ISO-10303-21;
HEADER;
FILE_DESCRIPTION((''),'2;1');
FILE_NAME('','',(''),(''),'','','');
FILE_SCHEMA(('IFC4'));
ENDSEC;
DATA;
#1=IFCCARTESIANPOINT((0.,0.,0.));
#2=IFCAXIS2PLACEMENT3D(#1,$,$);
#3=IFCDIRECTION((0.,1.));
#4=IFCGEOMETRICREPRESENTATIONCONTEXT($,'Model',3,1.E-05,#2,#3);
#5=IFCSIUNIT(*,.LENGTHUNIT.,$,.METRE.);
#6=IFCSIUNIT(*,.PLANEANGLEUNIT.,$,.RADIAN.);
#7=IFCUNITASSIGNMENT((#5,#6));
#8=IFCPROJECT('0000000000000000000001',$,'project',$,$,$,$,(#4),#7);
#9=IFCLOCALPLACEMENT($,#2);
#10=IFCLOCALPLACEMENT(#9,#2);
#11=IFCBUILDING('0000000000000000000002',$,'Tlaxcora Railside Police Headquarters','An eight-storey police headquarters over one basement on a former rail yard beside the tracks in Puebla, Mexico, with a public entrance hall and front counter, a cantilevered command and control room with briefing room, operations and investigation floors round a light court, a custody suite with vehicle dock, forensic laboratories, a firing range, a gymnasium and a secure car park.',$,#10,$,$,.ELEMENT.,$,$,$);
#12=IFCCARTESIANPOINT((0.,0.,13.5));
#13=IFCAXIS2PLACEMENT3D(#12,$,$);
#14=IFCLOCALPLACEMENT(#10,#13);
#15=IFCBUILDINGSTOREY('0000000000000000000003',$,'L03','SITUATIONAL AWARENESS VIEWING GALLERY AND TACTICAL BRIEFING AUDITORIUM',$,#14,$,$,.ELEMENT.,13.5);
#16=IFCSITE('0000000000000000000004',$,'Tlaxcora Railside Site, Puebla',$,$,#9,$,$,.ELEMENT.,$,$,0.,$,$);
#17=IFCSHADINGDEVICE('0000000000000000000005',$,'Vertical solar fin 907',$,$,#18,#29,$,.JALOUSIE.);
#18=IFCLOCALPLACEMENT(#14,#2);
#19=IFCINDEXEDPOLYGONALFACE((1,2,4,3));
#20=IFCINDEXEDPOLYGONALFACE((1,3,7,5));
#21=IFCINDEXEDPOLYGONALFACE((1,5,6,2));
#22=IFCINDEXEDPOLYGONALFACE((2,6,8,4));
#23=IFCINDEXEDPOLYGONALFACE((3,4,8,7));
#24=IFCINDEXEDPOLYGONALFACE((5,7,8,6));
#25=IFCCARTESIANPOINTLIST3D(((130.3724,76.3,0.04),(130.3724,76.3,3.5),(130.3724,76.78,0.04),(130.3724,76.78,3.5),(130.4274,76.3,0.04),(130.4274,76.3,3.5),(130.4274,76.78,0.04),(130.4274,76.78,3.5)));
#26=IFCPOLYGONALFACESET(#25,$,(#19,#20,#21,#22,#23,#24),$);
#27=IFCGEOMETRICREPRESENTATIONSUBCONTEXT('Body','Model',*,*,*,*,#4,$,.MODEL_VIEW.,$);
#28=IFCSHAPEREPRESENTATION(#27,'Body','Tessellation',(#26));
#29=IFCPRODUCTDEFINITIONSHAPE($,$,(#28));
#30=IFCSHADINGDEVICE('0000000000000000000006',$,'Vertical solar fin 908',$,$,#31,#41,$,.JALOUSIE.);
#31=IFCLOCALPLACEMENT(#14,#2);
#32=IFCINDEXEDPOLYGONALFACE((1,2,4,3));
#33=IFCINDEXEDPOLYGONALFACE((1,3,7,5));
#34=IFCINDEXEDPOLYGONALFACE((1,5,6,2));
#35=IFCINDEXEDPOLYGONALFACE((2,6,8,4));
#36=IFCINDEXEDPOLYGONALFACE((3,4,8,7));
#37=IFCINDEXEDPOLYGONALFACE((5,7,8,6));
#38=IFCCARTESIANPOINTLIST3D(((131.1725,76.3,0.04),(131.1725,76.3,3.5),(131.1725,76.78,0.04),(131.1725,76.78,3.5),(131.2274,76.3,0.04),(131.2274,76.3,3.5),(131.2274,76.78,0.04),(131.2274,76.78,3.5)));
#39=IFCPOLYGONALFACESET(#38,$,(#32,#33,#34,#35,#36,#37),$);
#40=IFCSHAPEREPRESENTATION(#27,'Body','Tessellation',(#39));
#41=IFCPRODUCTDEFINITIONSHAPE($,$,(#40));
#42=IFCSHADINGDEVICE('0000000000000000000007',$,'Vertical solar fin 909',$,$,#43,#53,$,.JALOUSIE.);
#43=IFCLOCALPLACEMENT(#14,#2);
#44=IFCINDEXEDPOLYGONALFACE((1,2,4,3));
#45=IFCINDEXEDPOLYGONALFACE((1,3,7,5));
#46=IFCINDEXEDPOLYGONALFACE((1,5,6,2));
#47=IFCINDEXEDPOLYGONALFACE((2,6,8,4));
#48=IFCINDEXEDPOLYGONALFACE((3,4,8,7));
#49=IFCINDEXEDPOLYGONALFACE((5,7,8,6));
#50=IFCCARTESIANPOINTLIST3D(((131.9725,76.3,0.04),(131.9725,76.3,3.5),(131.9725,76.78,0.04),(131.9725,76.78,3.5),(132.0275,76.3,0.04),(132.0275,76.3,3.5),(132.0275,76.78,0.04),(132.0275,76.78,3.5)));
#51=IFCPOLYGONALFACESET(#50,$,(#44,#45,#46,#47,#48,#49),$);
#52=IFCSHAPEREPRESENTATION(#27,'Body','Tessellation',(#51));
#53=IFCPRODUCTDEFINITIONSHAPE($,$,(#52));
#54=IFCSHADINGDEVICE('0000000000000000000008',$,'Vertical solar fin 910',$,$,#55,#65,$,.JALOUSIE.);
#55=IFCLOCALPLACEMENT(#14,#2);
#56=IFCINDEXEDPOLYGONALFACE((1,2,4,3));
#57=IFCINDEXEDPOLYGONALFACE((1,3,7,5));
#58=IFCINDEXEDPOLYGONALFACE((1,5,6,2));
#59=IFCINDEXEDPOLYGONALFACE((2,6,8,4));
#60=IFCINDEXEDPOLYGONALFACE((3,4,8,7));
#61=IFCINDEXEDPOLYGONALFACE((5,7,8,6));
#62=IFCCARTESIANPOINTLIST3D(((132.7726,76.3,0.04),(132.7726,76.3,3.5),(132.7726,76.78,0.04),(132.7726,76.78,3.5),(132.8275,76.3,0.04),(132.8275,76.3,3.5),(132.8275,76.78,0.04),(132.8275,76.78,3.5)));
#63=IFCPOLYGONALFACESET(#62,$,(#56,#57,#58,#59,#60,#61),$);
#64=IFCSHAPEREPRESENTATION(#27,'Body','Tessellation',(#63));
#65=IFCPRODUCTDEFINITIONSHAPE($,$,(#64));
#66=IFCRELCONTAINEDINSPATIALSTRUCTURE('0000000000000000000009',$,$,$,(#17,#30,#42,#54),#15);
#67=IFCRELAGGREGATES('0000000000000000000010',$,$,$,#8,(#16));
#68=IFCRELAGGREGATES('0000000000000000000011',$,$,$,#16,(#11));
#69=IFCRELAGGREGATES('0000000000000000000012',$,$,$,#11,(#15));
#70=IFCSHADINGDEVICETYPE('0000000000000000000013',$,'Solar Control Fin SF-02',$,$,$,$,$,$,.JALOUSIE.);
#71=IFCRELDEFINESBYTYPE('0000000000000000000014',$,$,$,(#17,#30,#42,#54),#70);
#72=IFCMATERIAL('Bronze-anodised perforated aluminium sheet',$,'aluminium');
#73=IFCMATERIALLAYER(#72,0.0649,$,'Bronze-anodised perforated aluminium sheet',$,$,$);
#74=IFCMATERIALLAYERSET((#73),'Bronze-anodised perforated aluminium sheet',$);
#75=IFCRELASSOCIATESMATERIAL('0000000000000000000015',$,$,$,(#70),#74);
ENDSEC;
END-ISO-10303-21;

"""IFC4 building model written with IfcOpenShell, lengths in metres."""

from ifc_helpers import new_model, si_unit, direction, frame, origin, origin_2d, place, context, subcontext, project, spatial, rectangle, extrude, material, layer, layer_set, type_object, element, save


model = new_model("IFC4")

# Units and contexts
model_context = context("Model", 3, precision=1e-05, world=origin(), true_north=direction((0.0, 1.0)))
body_context = subcontext(model_context, "Body", "Model", "MODEL_VIEW")
ifc_project = project(units=[si_unit("LENGTHUNIT", "METRE"), si_unit("PLANEANGLEUNIT", "RADIAN")], contexts=[model_context])

# Site, building, storey
site_placement = place(None, origin())
site = spatial("IfcSite", under=ifc_project, at=site_placement, Name="Tlaxcora Railside Site, Puebla", CompositionType="ELEMENT", RefElevation=0.0)
building_placement = place(site_placement, origin())
building = spatial("IfcBuilding", under=site, at=building_placement, Name="Tlaxcora Railside Police Headquarters", Description="An eight-storey police headquarters over one basement on a former rail yard beside the tracks in Puebla, Mexico, with a public entrance hall and front counter, a cantilevered command and control room with briefing room, operations and investigation floors round a light court, a custody suite with vehicle dock, forensic laboratories, a firing range, a gymnasium and a secure car park.", CompositionType="ELEMENT")
storey_placement = place(building_placement, frame((0.0, 0.0, 13.5)))
storey = spatial("IfcBuildingStorey", under=building, at=storey_placement, Name="L03", Description="SITUATIONAL AWARENESS VIEWING GALLERY AND TACTICAL BRIEFING AUDITORIUM", CompositionType="ELEMENT", Elevation=13.5)

# Shading devices
ifc_material_1 = material(Name="Bronze-anodised perforated aluminium sheet", Category="aluminium")
ifc_layer_1 = layer(ifc_material_1, 0.0649, Name="Bronze-anodised perforated aluminium sheet")
ifc_layer_set_1 = layer_set([ifc_layer_1], Name="Bronze-anodised perforated aluminium sheet")
shading_device_type = type_object("IfcShadingDeviceType", Name="Solar Control Fin SF-02", PredefinedType="JALOUSIE", material=ifc_layer_set_1)
for number, where, z_axis, x_axis, name in (
    (1, (130.3999, 76.54, 0.04), (0.0, 0.0, 1.0), (0.0, -1.0, 0.0), "Vertical solar fin 907"),
    (2, (131.2, 76.54, 0.04), (0.0, 0.0, 1.0), (0.0, -1.0, 0.0), "Vertical solar fin 908"),
    (3, (132.0, 76.54, 0.04), (0.0, 0.0, 1.0), (0.0, -1.0, 0.0), "Vertical solar fin 909"),
    (4, (132.8, 76.54, 0.04), (0.0, 0.0, 1.0), (0.0, -1.0, 0.0), "Vertical solar fin 910"),
):
    element("IfcShadingDevice", number, at=place(storey_placement, frame(where, z_axis=z_axis, x_axis=x_axis)), inside=storey, type_object=shading_device_type, Name=name, PredefinedType="JALOUSIE", context=body_context, shape_type="SweptSolid", body=[
        extrude(rectangle(XDim=0.48, YDim=0.0549, at=origin_2d()), origin(), (0.0, 0.0, 1.0), 3.46),
    ])

save(model, "model.ifc")
